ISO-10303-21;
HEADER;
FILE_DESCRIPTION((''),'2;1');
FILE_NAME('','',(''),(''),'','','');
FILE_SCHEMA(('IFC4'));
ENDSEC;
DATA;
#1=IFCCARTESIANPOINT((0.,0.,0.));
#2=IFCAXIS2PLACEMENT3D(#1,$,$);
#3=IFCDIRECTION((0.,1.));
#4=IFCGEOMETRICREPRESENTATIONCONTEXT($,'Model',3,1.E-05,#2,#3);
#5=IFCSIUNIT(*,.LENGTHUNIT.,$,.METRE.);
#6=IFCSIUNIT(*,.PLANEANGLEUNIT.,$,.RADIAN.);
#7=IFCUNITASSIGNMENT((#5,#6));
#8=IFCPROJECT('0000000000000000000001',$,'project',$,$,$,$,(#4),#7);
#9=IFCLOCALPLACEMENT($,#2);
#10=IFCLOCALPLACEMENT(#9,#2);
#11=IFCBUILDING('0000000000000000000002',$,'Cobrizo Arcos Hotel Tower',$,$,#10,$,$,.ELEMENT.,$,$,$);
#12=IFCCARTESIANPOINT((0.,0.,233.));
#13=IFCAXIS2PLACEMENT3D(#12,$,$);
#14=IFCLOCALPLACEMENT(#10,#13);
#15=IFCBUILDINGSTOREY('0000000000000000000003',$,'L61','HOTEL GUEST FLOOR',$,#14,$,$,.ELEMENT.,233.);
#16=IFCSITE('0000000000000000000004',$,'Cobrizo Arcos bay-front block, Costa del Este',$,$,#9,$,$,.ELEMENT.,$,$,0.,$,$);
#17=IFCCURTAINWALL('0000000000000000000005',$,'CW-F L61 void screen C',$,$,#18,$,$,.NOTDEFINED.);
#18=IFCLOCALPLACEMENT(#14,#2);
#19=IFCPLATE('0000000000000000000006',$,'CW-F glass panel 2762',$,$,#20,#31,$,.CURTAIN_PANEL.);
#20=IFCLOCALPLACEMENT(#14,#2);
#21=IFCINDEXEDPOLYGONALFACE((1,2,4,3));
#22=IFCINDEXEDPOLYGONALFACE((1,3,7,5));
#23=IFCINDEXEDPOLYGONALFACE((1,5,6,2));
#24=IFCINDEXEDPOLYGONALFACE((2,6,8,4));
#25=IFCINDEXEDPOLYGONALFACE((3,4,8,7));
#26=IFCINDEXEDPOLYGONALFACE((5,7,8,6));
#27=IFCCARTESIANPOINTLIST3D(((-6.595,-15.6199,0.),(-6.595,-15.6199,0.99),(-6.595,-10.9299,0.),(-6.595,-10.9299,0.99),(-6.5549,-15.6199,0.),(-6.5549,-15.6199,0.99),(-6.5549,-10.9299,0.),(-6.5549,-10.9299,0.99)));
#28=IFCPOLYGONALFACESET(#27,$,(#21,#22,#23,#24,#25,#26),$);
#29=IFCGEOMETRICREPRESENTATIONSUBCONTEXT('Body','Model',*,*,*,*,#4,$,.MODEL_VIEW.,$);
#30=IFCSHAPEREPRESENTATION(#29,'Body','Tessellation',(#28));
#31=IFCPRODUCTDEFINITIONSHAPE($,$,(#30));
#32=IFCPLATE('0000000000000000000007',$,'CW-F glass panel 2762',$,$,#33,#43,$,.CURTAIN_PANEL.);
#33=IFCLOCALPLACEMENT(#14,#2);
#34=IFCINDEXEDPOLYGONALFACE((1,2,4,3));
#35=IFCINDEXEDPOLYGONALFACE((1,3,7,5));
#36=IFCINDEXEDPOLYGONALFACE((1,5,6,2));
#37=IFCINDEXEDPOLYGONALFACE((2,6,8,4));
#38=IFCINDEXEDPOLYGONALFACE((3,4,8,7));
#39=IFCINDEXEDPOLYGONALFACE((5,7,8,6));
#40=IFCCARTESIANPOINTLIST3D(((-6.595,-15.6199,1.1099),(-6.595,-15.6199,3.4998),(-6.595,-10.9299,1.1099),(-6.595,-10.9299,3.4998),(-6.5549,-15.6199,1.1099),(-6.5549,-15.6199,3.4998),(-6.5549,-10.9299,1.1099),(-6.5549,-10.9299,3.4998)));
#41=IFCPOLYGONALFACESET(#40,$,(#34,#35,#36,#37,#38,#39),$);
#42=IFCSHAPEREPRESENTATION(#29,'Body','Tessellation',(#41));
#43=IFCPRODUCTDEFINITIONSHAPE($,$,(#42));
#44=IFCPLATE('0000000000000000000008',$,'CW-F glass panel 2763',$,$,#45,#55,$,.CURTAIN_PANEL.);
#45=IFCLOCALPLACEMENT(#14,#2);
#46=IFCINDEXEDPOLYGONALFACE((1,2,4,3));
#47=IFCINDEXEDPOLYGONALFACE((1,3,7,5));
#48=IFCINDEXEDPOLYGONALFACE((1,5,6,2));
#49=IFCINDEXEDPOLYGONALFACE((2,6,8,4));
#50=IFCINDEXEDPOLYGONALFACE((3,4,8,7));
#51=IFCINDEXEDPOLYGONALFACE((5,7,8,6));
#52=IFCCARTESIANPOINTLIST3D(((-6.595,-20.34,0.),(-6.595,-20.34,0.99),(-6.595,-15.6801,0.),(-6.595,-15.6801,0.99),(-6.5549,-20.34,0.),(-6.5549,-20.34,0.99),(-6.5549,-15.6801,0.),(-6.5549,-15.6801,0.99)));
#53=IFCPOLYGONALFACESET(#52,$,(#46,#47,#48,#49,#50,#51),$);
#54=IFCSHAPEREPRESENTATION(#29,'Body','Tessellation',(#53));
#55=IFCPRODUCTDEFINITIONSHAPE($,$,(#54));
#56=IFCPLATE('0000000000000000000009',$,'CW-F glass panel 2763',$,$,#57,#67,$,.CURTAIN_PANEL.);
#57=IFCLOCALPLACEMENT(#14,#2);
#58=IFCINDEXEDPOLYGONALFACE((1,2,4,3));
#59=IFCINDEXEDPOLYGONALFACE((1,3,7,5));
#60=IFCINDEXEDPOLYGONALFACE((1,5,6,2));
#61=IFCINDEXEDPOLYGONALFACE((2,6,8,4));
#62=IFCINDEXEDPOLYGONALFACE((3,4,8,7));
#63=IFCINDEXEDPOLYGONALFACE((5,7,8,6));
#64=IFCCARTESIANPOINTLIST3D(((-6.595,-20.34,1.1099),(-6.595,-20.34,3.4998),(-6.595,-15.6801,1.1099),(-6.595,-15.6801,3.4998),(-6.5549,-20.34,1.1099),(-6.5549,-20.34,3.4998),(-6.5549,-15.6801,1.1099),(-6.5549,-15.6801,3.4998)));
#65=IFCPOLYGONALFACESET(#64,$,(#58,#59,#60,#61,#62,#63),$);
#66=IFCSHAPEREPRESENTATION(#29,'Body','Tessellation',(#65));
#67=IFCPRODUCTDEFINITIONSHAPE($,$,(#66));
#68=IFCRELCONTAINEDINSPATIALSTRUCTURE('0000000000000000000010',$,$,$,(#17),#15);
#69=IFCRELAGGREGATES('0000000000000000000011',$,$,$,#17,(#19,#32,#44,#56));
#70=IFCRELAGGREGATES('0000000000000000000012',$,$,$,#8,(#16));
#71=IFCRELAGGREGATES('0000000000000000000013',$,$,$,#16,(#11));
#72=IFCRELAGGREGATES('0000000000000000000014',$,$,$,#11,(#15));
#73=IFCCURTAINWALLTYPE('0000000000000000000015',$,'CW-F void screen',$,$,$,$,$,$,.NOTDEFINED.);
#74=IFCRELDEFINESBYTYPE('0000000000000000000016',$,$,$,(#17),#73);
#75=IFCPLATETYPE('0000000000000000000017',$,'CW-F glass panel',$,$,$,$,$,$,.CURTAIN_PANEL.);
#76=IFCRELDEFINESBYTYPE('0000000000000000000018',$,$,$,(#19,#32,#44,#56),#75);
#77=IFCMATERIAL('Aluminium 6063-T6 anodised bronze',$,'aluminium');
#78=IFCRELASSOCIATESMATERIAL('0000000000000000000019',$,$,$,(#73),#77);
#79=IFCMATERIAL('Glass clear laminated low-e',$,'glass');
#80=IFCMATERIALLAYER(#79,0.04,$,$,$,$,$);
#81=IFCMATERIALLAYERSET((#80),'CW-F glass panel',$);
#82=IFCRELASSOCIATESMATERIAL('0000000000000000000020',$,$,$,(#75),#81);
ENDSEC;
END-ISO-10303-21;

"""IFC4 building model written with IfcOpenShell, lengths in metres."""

from ifc_helpers import new_model, si_unit, direction, frame, origin, origin_2d, place, context, subcontext, project, spatial, rectangle, extrude, material, layer, layer_set, type_object, element, aggregate, save


model = new_model("IFC4")

# Units and contexts
model_context = context("Model", 3, precision=1e-05, world=origin(), true_north=direction((0.0, 1.0)))
body_context = subcontext(model_context, "Body", "Model", "MODEL_VIEW")
ifc_project = project(units=[si_unit("LENGTHUNIT", "METRE"), si_unit("PLANEANGLEUNIT", "RADIAN")], contexts=[model_context])

# Site, building, storey
site_placement = place(None, origin())
site = spatial("IfcSite", under=ifc_project, at=site_placement, Name="Cobrizo Arcos bay-front block, Costa del Este", CompositionType="ELEMENT", RefElevation=0.0)
building_placement = place(site_placement, origin())
building = spatial("IfcBuilding", under=site, at=building_placement, Name="Cobrizo Arcos Hotel Tower", CompositionType="ELEMENT")
storey_placement = place(building_placement, frame((0.0, 0.0, 233.0)))
storey = spatial("IfcBuildingStorey", under=building, at=storey_placement, Name="L61", Description="HOTEL GUEST FLOOR", CompositionType="ELEMENT", Elevation=233.0)

# Shared definitions
ifc_material_1 = material(Name="Aluminium 6063-T6 anodised bronze", Category="aluminium")

# Curtain wall, plates
curtain_wall_type_1 = type_object("IfcCurtainWallType", Name="CW-F void screen", PredefinedType="NOTDEFINED", material=ifc_material_1)
curtain_wall_1_placement = place(storey_placement, origin())
curtain_wall_1 = element("IfcCurtainWall", 1, at=curtain_wall_1_placement, inside=storey, type_object=curtain_wall_type_1, Name="CW-F L61 void screen C", PredefinedType="NOTDEFINED")
ifc_material_2 = material(Name="Glass clear laminated low-e", Category="glass")
ifc_layer_1 = layer(ifc_material_2, 0.04)
ifc_layer_set_1 = layer_set([ifc_layer_1], Name="CW-F glass panel")
plate_type = type_object("IfcPlateType", Name="CW-F glass panel", PredefinedType="CURTAIN_PANEL", material=ifc_layer_set_1)
plate_1_placement = place(storey_placement, frame((-6.575, -13.2749, 0.0), z_axis=(0.0, 0.0, 1.0), x_axis=(0.0, -1.0, 0.0)))
plate_1 = element("IfcPlate", 2, at=plate_1_placement, type_object=plate_type, Name="CW-F glass panel 2762", PredefinedType="CURTAIN_PANEL", context=body_context, shape_type="SweptSolid", body=[
    extrude(rectangle(XDim=4.6899, YDim=0.04, at=origin_2d()), origin(), (0.0, 0.0, 1.0), 0.99),
])
plate_2_placement = place(storey_placement, frame((-6.575, -13.2749, 1.1099), z_axis=(0.0, 0.0, 1.0), x_axis=(0.0, -1.0, 0.0)))
plate_2 = element("IfcPlate", 3, at=plate_2_placement, type_object=plate_type, Name="CW-F glass panel 2762", PredefinedType="CURTAIN_PANEL", context=body_context, shape_type="SweptSolid", body=[
    extrude(rectangle(XDim=4.6899, YDim=0.04, at=origin_2d()), origin(), (0.0, 0.0, 1.0), 2.3899),
])
plate_3_placement = place(storey_placement, frame((-6.575, -18.01, 0.0), z_axis=(0.0, 0.0, 1.0), x_axis=(0.0, -1.0, 0.0)))
plate_3 = element("IfcPlate", 4, at=plate_3_placement, type_object=plate_type, Name="CW-F glass panel 2763", PredefinedType="CURTAIN_PANEL", context=body_context, shape_type="SweptSolid", body=[
    extrude(rectangle(XDim=4.6599, YDim=0.04, at=origin_2d()), origin(), (0.0, 0.0, 1.0), 0.99),
])
plate_4_placement = place(storey_placement, frame((-6.575, -18.01, 1.1099), z_axis=(0.0, 0.0, 1.0), x_axis=(0.0, -1.0, 0.0)))
plate_4 = element("IfcPlate", 5, at=plate_4_placement, type_object=plate_type, Name="CW-F glass panel 2763", PredefinedType="CURTAIN_PANEL", context=body_context, shape_type="SweptSolid", body=[
    extrude(rectangle(XDim=4.6599, YDim=0.04, at=origin_2d()), origin(), (0.0, 0.0, 1.0), 2.3899),
])
aggregate(curtain_wall_1, [plate_1, plate_2, plate_3, plate_4])

save(model, "model.ifc")
